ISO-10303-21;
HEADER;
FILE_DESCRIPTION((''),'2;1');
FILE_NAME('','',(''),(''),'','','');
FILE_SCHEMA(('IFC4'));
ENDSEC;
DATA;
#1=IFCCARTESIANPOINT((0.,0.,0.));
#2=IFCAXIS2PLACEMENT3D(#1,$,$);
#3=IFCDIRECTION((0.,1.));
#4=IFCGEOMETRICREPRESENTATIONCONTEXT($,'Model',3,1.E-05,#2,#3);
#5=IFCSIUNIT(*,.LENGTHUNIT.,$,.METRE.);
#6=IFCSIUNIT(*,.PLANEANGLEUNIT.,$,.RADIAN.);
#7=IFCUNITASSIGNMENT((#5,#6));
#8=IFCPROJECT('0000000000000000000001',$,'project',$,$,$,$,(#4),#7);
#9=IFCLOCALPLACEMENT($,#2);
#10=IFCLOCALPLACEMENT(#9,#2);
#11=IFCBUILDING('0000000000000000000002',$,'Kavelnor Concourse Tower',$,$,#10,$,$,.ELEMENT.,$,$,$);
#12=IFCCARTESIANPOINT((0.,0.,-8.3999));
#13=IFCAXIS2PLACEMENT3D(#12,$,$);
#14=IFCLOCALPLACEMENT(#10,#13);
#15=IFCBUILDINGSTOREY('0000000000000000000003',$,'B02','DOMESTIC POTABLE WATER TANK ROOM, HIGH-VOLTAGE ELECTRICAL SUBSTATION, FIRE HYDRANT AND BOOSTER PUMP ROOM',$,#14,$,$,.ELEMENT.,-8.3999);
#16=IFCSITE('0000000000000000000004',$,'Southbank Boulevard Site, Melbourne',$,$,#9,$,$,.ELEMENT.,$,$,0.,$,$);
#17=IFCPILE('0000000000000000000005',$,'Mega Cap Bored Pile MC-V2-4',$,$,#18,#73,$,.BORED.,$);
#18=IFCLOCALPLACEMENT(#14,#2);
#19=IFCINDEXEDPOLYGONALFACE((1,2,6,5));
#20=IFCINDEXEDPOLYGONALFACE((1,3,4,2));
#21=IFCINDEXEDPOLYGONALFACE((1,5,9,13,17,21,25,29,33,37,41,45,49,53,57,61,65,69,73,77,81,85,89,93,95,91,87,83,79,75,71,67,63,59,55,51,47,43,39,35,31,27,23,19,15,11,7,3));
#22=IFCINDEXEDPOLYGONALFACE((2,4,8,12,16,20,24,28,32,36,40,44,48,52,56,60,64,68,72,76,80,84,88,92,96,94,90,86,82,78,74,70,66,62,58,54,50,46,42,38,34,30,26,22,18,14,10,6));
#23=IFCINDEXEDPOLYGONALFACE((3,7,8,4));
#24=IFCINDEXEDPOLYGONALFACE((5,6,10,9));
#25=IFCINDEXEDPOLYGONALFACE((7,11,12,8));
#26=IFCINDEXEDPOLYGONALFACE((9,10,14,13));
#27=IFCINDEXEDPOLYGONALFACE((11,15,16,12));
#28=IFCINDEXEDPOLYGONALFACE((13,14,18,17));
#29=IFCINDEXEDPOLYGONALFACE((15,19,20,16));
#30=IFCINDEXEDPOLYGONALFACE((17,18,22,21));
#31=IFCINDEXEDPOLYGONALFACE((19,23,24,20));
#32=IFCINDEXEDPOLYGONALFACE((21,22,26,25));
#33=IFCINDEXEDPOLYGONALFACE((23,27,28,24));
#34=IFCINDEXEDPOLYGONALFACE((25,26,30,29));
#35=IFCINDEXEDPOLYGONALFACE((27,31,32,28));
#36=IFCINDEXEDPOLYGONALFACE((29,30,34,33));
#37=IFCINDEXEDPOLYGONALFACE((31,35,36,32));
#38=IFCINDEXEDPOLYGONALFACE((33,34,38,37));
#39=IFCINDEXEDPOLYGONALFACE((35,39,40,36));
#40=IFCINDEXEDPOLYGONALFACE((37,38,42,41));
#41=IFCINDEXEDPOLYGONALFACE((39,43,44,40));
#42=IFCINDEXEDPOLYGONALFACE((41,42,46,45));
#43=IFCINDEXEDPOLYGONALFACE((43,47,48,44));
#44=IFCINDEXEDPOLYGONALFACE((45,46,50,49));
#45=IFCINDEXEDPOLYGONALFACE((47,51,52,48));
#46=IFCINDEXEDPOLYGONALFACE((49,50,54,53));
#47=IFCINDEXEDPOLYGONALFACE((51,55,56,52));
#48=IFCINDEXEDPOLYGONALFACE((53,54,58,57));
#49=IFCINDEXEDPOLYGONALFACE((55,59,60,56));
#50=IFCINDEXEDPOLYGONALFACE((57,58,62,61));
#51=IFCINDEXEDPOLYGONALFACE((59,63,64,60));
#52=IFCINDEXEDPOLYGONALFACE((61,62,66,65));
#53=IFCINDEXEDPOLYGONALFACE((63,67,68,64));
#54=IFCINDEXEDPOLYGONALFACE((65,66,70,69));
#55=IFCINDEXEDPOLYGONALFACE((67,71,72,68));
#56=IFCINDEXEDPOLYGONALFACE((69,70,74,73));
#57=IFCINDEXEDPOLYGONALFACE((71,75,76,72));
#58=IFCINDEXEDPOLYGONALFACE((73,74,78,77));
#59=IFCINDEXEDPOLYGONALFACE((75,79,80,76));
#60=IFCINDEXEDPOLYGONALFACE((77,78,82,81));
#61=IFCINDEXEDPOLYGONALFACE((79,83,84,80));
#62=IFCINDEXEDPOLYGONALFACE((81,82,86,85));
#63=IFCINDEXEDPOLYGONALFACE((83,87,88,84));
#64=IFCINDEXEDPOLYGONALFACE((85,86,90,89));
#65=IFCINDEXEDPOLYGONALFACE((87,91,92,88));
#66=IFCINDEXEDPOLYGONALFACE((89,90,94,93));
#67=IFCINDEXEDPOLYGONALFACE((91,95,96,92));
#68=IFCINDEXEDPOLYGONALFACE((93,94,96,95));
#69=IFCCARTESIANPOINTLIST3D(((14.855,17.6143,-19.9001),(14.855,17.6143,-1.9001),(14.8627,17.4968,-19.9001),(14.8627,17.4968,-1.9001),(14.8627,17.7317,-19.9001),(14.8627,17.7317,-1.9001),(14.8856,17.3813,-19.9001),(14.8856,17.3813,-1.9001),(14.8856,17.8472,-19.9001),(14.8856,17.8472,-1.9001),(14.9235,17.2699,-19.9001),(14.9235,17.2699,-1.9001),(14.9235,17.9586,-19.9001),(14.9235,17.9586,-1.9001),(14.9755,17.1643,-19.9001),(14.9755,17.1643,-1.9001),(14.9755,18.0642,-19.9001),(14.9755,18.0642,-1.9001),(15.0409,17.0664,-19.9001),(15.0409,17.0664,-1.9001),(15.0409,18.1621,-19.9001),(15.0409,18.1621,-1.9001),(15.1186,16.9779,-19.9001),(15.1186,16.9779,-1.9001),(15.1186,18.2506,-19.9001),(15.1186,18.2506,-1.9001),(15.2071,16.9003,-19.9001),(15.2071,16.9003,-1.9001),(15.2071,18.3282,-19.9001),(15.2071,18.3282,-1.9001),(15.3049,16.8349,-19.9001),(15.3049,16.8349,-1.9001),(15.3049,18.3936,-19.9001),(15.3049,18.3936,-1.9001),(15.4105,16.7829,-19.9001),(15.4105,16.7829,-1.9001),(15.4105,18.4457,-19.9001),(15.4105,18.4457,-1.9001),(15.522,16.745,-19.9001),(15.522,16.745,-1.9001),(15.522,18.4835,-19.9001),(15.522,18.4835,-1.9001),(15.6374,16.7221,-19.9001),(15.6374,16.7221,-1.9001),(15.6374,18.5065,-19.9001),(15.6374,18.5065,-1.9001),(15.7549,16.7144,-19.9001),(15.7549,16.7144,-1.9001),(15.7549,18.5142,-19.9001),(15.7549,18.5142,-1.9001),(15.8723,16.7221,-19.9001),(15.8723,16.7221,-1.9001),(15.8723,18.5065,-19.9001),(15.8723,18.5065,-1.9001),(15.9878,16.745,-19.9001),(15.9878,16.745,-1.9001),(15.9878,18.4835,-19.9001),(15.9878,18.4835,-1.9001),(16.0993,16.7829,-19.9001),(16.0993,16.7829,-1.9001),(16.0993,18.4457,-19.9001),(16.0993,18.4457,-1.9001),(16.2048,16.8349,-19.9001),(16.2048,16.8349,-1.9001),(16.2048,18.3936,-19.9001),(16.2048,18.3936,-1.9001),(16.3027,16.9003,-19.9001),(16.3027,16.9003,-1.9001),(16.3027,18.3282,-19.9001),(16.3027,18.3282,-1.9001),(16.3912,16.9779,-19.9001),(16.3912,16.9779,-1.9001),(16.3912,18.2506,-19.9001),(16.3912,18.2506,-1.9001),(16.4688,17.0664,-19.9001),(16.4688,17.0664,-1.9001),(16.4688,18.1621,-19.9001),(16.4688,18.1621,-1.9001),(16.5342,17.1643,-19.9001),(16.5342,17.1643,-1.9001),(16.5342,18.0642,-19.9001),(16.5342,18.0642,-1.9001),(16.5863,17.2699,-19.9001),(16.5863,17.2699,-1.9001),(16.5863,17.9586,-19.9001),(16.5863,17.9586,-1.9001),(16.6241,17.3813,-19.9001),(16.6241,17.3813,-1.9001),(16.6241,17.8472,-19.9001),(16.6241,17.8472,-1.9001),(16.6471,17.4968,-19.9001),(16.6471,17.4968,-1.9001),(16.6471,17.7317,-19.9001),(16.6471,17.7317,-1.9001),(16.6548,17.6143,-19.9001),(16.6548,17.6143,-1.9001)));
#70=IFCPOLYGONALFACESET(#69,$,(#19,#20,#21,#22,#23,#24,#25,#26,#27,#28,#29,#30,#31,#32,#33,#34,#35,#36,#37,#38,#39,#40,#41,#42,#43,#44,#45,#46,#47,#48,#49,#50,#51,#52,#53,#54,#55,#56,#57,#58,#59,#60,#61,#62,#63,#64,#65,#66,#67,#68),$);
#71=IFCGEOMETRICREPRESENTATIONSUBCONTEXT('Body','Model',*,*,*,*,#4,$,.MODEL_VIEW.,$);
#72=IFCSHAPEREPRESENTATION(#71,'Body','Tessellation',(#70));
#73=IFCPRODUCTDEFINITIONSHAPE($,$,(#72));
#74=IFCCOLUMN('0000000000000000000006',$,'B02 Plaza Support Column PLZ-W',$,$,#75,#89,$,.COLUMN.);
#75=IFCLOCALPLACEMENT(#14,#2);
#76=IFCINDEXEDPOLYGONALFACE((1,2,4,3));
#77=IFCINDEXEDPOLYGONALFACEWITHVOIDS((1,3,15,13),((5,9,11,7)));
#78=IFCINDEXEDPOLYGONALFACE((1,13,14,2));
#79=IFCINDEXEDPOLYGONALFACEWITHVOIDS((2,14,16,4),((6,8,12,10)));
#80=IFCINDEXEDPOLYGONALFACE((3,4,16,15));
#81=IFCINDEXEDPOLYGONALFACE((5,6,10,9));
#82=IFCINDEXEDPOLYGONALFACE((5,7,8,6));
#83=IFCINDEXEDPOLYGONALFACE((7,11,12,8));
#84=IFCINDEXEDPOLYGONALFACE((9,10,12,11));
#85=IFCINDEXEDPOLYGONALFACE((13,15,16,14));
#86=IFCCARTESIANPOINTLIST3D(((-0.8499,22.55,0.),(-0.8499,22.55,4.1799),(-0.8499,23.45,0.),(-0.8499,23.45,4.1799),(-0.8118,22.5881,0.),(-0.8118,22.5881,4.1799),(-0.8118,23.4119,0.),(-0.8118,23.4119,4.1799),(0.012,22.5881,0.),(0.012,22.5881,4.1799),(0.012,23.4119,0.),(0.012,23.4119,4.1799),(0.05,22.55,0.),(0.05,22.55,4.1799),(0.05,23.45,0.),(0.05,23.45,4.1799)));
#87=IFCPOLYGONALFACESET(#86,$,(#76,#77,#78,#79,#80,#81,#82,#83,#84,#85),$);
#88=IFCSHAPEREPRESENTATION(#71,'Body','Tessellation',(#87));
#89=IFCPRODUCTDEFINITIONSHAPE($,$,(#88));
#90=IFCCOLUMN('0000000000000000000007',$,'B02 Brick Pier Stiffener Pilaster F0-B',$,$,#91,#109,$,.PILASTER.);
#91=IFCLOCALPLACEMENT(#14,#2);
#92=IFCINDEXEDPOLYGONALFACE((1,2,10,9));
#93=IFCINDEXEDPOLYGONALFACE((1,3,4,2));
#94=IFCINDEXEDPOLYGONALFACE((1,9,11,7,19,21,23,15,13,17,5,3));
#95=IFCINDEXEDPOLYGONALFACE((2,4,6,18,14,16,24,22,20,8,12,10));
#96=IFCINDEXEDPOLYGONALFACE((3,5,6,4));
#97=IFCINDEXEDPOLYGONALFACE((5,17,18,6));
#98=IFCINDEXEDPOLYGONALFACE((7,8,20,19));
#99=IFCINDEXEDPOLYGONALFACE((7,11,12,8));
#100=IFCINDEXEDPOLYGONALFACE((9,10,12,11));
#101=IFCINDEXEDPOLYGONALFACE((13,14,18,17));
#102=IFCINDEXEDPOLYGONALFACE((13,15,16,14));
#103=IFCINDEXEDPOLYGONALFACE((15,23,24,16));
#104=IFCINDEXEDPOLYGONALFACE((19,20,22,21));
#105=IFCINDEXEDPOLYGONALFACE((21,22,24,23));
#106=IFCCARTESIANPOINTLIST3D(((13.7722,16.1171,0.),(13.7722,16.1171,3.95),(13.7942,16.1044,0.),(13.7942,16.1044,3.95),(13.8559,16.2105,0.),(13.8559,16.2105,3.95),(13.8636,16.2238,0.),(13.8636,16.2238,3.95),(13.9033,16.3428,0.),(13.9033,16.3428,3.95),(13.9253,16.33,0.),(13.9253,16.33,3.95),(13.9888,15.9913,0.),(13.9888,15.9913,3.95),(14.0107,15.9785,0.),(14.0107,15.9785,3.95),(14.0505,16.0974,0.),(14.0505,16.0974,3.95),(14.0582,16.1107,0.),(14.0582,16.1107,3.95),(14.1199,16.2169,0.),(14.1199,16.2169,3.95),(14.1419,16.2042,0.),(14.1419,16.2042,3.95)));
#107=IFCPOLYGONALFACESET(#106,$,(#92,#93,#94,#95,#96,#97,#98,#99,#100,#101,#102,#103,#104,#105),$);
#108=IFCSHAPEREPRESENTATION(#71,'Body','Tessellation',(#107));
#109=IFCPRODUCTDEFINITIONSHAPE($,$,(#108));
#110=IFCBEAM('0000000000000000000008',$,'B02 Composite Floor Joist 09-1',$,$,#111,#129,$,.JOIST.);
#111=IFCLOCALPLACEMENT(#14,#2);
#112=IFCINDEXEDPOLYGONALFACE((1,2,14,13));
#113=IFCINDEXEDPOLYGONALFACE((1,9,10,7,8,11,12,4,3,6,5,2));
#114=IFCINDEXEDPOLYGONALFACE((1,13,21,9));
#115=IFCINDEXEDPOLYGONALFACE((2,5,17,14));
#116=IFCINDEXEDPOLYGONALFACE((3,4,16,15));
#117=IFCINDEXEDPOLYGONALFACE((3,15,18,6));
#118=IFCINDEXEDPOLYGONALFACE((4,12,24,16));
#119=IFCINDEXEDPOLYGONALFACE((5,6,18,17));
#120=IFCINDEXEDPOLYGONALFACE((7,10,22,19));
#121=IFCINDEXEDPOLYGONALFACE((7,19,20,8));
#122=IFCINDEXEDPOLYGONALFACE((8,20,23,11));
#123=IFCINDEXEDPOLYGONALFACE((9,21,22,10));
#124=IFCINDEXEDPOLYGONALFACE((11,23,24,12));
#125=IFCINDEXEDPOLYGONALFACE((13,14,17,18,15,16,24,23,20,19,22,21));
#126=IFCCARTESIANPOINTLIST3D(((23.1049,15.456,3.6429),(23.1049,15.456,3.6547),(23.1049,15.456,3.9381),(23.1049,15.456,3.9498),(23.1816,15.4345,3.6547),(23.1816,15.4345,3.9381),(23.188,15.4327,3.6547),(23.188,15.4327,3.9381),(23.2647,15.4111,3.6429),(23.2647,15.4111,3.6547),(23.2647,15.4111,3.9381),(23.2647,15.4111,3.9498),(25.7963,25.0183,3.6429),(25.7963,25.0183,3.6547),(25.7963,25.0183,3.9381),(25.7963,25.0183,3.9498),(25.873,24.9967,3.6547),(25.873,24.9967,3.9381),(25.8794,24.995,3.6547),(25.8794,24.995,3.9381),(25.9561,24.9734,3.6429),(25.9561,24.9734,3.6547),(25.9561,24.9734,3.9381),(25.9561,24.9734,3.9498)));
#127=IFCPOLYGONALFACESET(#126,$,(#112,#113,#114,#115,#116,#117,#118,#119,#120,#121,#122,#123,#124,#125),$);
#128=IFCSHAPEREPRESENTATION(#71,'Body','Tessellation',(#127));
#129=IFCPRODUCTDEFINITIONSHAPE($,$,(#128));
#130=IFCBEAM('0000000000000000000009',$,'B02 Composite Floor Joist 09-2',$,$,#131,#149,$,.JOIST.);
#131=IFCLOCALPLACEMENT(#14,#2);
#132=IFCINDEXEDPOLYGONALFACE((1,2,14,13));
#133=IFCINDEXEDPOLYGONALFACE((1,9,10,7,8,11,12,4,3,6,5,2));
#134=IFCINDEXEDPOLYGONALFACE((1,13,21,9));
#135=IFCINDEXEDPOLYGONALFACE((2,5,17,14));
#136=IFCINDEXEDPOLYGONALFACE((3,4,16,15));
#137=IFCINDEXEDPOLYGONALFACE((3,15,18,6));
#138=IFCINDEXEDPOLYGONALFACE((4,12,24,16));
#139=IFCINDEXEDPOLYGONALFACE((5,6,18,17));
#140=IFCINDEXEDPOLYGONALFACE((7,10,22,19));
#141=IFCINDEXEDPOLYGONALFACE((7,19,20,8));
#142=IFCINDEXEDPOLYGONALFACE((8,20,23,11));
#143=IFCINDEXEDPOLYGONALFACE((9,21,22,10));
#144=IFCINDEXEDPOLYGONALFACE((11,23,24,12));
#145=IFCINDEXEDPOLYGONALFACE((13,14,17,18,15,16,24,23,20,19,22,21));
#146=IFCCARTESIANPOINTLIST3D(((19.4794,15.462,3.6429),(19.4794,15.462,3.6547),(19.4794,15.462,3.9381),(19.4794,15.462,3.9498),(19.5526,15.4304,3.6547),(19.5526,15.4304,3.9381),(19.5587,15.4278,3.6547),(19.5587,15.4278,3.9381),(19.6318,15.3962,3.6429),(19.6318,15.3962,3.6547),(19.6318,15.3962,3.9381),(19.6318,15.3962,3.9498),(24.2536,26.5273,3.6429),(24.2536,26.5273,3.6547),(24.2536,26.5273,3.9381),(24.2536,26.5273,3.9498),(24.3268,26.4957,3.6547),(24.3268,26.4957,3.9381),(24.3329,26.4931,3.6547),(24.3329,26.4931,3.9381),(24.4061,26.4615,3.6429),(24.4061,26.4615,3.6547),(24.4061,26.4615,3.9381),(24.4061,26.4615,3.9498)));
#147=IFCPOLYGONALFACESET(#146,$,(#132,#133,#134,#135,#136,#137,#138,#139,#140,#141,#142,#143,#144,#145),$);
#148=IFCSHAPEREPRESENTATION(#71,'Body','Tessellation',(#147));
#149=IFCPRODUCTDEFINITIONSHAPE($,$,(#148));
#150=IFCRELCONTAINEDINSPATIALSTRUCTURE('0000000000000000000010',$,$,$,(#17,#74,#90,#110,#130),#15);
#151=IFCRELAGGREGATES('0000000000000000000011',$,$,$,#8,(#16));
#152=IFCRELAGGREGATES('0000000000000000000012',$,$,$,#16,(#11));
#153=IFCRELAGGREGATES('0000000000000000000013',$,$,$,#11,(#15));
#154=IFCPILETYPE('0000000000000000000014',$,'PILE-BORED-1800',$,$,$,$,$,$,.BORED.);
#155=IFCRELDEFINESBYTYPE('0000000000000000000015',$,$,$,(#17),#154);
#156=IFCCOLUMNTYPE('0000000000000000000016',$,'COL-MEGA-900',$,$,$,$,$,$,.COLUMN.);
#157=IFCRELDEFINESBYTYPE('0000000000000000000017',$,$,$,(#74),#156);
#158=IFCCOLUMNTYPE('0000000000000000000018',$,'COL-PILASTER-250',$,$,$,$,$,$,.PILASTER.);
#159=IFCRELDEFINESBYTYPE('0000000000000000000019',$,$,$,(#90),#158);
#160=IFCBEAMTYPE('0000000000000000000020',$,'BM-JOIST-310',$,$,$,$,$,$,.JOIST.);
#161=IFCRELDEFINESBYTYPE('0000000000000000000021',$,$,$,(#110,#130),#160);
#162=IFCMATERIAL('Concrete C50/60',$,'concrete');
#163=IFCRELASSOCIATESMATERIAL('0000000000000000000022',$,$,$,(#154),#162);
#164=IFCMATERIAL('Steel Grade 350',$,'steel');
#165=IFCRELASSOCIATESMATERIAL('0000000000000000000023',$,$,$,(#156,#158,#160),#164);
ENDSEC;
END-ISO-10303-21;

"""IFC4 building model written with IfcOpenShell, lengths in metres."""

from ifc_helpers import new_model, si_unit, direction, frame, origin, origin_2d, place, context, subcontext, project, spatial, hollow_rectangle, circle, i_section, extrude, material, material_profile, profile_set, type_object, element, save


model = new_model("IFC4")

# Units and contexts
model_context = context("Model", 3, precision=1e-05, world=origin(), true_north=direction((0.0, 1.0)))
body_context = subcontext(model_context, "Body", "Model", "MODEL_VIEW")
ifc_project = project(units=[si_unit("LENGTHUNIT", "METRE"), si_unit("PLANEANGLEUNIT", "RADIAN")], contexts=[model_context])

# Site, building, storey
site_placement = place(None, origin())
site = spatial("IfcSite", under=ifc_project, at=site_placement, Name="Southbank Boulevard Site, Melbourne", CompositionType="ELEMENT", RefElevation=0.0)
building_placement = place(site_placement, origin())
building = spatial("IfcBuilding", under=site, at=building_placement, Name="Kavelnor Concourse Tower", CompositionType="ELEMENT")
storey_placement = place(building_placement, frame((0.0, 0.0, -8.3999)))
storey = spatial("IfcBuildingStorey", under=building, at=storey_placement, Name="B02", Description="DOMESTIC POTABLE WATER TANK ROOM, HIGH-VOLTAGE ELECTRICAL SUBSTATION, FIRE HYDRANT AND BOOSTER PUMP ROOM", CompositionType="ELEMENT", Elevation=-8.3999)

# Shared definitions
ifc_material_1 = material(Name="Concrete C50/60", Category="concrete")

# Pile
ifc_material_profile_1 = material_profile(ifc_material_1, circle(Radius=0.8999, at=origin_2d()), Name="PILE-D1800")
ifc_profile_set_1 = profile_set([ifc_material_profile_1], Name="Concrete C50/60")
pile_type_1 = type_object("IfcPileType", Name="PILE-BORED-1800", PredefinedType="BORED", material=ifc_profile_set_1)
for number, where, z_axis, x_axis, name in (
    (1, (15.7549, 17.6143, -1.9001), (0.0, 0.0, -1.0), (1.0, 0.0, 0.0), "Mega Cap Bored Pile MC-V2-4"),
):
    element("IfcPile", number, at=place(storey_placement, frame(where, z_axis=z_axis, x_axis=x_axis)), inside=storey, type_object=pile_type_1, Name=name, PredefinedType="BORED", context=body_context, shape_type="SweptSolid", body=[
        extrude(circle(Radius=0.8999, at=origin_2d()), origin(), (0.0, 0.0, 1.0), 18.0),
    ])

# Columns
ifc_material_2 = material(Name="Steel Grade 350", Category="steel")
ifc_material_profile_2 = material_profile(ifc_material_2, hollow_rectangle(XDim=0.8999, YDim=0.8999, WallThickness=0.0381, at=origin_2d()), Name="SHS 900x900x38")
ifc_profile_set_2 = profile_set([ifc_material_profile_2], Name="Steel Grade 350")
column_type_1 = type_object("IfcColumnType", Name="COL-MEGA-900", PredefinedType="COLUMN", material=ifc_profile_set_2)
column_1_placement = place(storey_placement, frame((-0.3999, 23.0, 0.0), z_axis=(0.0, 0.0, 1.0), x_axis=(1.0, 0.0, 0.0)))
element("IfcColumn", 2, at=column_1_placement, inside=storey, type_object=column_type_1, Name="B02 Plaza Support Column PLZ-W", PredefinedType="COLUMN", context=body_context, shape_type="SweptSolid", body=[
    extrude(hollow_rectangle(XDim=0.8999, YDim=0.8999, WallThickness=0.0381, at=origin_2d()), origin(), (0.0, 0.0, 1.0), 4.1799),
])
ifc_material_profile_3 = material_profile(ifc_material_2, i_section(OverallWidth=0.261, OverallDepth=0.2759, WebThickness=0.0154, FlangeThickness=0.0254, at=origin_2d()), Name="UC 254x254x132")
ifc_profile_set_3 = profile_set([ifc_material_profile_3], Name="Steel Grade 350")
column_type_2 = type_object("IfcColumnType", Name="COL-PILASTER-250", PredefinedType="PILASTER", material=ifc_profile_set_3)
column_2_placement = place(storey_placement, frame((13.957, 16.1606, 0.0), z_axis=(0.0, 0.0, 1.0), x_axis=(-0.502416, -0.864626, 0.0)))
element("IfcColumn", 3, at=column_2_placement, inside=storey, type_object=column_type_2, Name="B02 Brick Pier Stiffener Pilaster F0-B", PredefinedType="PILASTER", context=body_context, shape_type="SweptSolid", body=[
    extrude(i_section(OverallWidth=0.261, OverallDepth=0.2759, WebThickness=0.0154, FlangeThickness=0.0254, at=origin_2d()), origin(), (0.0, 0.0, 1.0), 3.95),
])

# Beams
ifc_material_profile_4 = material_profile(ifc_material_2, i_section(OverallWidth=0.166, OverallDepth=0.3069, WebThickness=0.0066, FlangeThickness=0.0117, at=origin_2d()), Name="310UB46")
ifc_profile_set_4 = profile_set([ifc_material_profile_4], Name="Steel Grade 350")
beam_type = type_object("IfcBeamType", Name="BM-JOIST-310", PredefinedType="JOIST", material=ifc_profile_set_4)
beam_1_placement = place(storey_placement, frame((25.8762, 24.9958, 3.7964), z_axis=(-0.270934, -0.962598, 0.0), x_axis=(0.962598, -0.270934, 0.0)))
element("IfcBeam", 4, at=beam_1_placement, inside=storey, type_object=beam_type, Name="B02 Composite Floor Joist 09-1", PredefinedType="JOIST", context=body_context, shape_type="SweptSolid", body=[
    extrude(i_section(OverallWidth=0.166, OverallDepth=0.3069, WebThickness=0.0066, FlangeThickness=0.0117, at=origin_2d()), origin(), (0.0, 0.0, 1.0), 9.9338),
])
beam_2_placement = place(storey_placement, frame((24.3298, 26.4944, 3.7964), z_axis=(-0.396158, -0.918182, 0.0), x_axis=(0.918182, -0.396158, 0.0)))
element("IfcBeam", 5, at=beam_2_placement, inside=storey, type_object=beam_type, Name="B02 Composite Floor Joist 09-2", PredefinedType="JOIST", context=body_context, shape_type="SweptSolid", body=[
    extrude(i_section(OverallWidth=0.166, OverallDepth=0.3069, WebThickness=0.0066, FlangeThickness=0.0117, at=origin_2d()), origin(), (0.0, 0.0, 1.0), 12.0513),
])

save(model, "model.ifc")
